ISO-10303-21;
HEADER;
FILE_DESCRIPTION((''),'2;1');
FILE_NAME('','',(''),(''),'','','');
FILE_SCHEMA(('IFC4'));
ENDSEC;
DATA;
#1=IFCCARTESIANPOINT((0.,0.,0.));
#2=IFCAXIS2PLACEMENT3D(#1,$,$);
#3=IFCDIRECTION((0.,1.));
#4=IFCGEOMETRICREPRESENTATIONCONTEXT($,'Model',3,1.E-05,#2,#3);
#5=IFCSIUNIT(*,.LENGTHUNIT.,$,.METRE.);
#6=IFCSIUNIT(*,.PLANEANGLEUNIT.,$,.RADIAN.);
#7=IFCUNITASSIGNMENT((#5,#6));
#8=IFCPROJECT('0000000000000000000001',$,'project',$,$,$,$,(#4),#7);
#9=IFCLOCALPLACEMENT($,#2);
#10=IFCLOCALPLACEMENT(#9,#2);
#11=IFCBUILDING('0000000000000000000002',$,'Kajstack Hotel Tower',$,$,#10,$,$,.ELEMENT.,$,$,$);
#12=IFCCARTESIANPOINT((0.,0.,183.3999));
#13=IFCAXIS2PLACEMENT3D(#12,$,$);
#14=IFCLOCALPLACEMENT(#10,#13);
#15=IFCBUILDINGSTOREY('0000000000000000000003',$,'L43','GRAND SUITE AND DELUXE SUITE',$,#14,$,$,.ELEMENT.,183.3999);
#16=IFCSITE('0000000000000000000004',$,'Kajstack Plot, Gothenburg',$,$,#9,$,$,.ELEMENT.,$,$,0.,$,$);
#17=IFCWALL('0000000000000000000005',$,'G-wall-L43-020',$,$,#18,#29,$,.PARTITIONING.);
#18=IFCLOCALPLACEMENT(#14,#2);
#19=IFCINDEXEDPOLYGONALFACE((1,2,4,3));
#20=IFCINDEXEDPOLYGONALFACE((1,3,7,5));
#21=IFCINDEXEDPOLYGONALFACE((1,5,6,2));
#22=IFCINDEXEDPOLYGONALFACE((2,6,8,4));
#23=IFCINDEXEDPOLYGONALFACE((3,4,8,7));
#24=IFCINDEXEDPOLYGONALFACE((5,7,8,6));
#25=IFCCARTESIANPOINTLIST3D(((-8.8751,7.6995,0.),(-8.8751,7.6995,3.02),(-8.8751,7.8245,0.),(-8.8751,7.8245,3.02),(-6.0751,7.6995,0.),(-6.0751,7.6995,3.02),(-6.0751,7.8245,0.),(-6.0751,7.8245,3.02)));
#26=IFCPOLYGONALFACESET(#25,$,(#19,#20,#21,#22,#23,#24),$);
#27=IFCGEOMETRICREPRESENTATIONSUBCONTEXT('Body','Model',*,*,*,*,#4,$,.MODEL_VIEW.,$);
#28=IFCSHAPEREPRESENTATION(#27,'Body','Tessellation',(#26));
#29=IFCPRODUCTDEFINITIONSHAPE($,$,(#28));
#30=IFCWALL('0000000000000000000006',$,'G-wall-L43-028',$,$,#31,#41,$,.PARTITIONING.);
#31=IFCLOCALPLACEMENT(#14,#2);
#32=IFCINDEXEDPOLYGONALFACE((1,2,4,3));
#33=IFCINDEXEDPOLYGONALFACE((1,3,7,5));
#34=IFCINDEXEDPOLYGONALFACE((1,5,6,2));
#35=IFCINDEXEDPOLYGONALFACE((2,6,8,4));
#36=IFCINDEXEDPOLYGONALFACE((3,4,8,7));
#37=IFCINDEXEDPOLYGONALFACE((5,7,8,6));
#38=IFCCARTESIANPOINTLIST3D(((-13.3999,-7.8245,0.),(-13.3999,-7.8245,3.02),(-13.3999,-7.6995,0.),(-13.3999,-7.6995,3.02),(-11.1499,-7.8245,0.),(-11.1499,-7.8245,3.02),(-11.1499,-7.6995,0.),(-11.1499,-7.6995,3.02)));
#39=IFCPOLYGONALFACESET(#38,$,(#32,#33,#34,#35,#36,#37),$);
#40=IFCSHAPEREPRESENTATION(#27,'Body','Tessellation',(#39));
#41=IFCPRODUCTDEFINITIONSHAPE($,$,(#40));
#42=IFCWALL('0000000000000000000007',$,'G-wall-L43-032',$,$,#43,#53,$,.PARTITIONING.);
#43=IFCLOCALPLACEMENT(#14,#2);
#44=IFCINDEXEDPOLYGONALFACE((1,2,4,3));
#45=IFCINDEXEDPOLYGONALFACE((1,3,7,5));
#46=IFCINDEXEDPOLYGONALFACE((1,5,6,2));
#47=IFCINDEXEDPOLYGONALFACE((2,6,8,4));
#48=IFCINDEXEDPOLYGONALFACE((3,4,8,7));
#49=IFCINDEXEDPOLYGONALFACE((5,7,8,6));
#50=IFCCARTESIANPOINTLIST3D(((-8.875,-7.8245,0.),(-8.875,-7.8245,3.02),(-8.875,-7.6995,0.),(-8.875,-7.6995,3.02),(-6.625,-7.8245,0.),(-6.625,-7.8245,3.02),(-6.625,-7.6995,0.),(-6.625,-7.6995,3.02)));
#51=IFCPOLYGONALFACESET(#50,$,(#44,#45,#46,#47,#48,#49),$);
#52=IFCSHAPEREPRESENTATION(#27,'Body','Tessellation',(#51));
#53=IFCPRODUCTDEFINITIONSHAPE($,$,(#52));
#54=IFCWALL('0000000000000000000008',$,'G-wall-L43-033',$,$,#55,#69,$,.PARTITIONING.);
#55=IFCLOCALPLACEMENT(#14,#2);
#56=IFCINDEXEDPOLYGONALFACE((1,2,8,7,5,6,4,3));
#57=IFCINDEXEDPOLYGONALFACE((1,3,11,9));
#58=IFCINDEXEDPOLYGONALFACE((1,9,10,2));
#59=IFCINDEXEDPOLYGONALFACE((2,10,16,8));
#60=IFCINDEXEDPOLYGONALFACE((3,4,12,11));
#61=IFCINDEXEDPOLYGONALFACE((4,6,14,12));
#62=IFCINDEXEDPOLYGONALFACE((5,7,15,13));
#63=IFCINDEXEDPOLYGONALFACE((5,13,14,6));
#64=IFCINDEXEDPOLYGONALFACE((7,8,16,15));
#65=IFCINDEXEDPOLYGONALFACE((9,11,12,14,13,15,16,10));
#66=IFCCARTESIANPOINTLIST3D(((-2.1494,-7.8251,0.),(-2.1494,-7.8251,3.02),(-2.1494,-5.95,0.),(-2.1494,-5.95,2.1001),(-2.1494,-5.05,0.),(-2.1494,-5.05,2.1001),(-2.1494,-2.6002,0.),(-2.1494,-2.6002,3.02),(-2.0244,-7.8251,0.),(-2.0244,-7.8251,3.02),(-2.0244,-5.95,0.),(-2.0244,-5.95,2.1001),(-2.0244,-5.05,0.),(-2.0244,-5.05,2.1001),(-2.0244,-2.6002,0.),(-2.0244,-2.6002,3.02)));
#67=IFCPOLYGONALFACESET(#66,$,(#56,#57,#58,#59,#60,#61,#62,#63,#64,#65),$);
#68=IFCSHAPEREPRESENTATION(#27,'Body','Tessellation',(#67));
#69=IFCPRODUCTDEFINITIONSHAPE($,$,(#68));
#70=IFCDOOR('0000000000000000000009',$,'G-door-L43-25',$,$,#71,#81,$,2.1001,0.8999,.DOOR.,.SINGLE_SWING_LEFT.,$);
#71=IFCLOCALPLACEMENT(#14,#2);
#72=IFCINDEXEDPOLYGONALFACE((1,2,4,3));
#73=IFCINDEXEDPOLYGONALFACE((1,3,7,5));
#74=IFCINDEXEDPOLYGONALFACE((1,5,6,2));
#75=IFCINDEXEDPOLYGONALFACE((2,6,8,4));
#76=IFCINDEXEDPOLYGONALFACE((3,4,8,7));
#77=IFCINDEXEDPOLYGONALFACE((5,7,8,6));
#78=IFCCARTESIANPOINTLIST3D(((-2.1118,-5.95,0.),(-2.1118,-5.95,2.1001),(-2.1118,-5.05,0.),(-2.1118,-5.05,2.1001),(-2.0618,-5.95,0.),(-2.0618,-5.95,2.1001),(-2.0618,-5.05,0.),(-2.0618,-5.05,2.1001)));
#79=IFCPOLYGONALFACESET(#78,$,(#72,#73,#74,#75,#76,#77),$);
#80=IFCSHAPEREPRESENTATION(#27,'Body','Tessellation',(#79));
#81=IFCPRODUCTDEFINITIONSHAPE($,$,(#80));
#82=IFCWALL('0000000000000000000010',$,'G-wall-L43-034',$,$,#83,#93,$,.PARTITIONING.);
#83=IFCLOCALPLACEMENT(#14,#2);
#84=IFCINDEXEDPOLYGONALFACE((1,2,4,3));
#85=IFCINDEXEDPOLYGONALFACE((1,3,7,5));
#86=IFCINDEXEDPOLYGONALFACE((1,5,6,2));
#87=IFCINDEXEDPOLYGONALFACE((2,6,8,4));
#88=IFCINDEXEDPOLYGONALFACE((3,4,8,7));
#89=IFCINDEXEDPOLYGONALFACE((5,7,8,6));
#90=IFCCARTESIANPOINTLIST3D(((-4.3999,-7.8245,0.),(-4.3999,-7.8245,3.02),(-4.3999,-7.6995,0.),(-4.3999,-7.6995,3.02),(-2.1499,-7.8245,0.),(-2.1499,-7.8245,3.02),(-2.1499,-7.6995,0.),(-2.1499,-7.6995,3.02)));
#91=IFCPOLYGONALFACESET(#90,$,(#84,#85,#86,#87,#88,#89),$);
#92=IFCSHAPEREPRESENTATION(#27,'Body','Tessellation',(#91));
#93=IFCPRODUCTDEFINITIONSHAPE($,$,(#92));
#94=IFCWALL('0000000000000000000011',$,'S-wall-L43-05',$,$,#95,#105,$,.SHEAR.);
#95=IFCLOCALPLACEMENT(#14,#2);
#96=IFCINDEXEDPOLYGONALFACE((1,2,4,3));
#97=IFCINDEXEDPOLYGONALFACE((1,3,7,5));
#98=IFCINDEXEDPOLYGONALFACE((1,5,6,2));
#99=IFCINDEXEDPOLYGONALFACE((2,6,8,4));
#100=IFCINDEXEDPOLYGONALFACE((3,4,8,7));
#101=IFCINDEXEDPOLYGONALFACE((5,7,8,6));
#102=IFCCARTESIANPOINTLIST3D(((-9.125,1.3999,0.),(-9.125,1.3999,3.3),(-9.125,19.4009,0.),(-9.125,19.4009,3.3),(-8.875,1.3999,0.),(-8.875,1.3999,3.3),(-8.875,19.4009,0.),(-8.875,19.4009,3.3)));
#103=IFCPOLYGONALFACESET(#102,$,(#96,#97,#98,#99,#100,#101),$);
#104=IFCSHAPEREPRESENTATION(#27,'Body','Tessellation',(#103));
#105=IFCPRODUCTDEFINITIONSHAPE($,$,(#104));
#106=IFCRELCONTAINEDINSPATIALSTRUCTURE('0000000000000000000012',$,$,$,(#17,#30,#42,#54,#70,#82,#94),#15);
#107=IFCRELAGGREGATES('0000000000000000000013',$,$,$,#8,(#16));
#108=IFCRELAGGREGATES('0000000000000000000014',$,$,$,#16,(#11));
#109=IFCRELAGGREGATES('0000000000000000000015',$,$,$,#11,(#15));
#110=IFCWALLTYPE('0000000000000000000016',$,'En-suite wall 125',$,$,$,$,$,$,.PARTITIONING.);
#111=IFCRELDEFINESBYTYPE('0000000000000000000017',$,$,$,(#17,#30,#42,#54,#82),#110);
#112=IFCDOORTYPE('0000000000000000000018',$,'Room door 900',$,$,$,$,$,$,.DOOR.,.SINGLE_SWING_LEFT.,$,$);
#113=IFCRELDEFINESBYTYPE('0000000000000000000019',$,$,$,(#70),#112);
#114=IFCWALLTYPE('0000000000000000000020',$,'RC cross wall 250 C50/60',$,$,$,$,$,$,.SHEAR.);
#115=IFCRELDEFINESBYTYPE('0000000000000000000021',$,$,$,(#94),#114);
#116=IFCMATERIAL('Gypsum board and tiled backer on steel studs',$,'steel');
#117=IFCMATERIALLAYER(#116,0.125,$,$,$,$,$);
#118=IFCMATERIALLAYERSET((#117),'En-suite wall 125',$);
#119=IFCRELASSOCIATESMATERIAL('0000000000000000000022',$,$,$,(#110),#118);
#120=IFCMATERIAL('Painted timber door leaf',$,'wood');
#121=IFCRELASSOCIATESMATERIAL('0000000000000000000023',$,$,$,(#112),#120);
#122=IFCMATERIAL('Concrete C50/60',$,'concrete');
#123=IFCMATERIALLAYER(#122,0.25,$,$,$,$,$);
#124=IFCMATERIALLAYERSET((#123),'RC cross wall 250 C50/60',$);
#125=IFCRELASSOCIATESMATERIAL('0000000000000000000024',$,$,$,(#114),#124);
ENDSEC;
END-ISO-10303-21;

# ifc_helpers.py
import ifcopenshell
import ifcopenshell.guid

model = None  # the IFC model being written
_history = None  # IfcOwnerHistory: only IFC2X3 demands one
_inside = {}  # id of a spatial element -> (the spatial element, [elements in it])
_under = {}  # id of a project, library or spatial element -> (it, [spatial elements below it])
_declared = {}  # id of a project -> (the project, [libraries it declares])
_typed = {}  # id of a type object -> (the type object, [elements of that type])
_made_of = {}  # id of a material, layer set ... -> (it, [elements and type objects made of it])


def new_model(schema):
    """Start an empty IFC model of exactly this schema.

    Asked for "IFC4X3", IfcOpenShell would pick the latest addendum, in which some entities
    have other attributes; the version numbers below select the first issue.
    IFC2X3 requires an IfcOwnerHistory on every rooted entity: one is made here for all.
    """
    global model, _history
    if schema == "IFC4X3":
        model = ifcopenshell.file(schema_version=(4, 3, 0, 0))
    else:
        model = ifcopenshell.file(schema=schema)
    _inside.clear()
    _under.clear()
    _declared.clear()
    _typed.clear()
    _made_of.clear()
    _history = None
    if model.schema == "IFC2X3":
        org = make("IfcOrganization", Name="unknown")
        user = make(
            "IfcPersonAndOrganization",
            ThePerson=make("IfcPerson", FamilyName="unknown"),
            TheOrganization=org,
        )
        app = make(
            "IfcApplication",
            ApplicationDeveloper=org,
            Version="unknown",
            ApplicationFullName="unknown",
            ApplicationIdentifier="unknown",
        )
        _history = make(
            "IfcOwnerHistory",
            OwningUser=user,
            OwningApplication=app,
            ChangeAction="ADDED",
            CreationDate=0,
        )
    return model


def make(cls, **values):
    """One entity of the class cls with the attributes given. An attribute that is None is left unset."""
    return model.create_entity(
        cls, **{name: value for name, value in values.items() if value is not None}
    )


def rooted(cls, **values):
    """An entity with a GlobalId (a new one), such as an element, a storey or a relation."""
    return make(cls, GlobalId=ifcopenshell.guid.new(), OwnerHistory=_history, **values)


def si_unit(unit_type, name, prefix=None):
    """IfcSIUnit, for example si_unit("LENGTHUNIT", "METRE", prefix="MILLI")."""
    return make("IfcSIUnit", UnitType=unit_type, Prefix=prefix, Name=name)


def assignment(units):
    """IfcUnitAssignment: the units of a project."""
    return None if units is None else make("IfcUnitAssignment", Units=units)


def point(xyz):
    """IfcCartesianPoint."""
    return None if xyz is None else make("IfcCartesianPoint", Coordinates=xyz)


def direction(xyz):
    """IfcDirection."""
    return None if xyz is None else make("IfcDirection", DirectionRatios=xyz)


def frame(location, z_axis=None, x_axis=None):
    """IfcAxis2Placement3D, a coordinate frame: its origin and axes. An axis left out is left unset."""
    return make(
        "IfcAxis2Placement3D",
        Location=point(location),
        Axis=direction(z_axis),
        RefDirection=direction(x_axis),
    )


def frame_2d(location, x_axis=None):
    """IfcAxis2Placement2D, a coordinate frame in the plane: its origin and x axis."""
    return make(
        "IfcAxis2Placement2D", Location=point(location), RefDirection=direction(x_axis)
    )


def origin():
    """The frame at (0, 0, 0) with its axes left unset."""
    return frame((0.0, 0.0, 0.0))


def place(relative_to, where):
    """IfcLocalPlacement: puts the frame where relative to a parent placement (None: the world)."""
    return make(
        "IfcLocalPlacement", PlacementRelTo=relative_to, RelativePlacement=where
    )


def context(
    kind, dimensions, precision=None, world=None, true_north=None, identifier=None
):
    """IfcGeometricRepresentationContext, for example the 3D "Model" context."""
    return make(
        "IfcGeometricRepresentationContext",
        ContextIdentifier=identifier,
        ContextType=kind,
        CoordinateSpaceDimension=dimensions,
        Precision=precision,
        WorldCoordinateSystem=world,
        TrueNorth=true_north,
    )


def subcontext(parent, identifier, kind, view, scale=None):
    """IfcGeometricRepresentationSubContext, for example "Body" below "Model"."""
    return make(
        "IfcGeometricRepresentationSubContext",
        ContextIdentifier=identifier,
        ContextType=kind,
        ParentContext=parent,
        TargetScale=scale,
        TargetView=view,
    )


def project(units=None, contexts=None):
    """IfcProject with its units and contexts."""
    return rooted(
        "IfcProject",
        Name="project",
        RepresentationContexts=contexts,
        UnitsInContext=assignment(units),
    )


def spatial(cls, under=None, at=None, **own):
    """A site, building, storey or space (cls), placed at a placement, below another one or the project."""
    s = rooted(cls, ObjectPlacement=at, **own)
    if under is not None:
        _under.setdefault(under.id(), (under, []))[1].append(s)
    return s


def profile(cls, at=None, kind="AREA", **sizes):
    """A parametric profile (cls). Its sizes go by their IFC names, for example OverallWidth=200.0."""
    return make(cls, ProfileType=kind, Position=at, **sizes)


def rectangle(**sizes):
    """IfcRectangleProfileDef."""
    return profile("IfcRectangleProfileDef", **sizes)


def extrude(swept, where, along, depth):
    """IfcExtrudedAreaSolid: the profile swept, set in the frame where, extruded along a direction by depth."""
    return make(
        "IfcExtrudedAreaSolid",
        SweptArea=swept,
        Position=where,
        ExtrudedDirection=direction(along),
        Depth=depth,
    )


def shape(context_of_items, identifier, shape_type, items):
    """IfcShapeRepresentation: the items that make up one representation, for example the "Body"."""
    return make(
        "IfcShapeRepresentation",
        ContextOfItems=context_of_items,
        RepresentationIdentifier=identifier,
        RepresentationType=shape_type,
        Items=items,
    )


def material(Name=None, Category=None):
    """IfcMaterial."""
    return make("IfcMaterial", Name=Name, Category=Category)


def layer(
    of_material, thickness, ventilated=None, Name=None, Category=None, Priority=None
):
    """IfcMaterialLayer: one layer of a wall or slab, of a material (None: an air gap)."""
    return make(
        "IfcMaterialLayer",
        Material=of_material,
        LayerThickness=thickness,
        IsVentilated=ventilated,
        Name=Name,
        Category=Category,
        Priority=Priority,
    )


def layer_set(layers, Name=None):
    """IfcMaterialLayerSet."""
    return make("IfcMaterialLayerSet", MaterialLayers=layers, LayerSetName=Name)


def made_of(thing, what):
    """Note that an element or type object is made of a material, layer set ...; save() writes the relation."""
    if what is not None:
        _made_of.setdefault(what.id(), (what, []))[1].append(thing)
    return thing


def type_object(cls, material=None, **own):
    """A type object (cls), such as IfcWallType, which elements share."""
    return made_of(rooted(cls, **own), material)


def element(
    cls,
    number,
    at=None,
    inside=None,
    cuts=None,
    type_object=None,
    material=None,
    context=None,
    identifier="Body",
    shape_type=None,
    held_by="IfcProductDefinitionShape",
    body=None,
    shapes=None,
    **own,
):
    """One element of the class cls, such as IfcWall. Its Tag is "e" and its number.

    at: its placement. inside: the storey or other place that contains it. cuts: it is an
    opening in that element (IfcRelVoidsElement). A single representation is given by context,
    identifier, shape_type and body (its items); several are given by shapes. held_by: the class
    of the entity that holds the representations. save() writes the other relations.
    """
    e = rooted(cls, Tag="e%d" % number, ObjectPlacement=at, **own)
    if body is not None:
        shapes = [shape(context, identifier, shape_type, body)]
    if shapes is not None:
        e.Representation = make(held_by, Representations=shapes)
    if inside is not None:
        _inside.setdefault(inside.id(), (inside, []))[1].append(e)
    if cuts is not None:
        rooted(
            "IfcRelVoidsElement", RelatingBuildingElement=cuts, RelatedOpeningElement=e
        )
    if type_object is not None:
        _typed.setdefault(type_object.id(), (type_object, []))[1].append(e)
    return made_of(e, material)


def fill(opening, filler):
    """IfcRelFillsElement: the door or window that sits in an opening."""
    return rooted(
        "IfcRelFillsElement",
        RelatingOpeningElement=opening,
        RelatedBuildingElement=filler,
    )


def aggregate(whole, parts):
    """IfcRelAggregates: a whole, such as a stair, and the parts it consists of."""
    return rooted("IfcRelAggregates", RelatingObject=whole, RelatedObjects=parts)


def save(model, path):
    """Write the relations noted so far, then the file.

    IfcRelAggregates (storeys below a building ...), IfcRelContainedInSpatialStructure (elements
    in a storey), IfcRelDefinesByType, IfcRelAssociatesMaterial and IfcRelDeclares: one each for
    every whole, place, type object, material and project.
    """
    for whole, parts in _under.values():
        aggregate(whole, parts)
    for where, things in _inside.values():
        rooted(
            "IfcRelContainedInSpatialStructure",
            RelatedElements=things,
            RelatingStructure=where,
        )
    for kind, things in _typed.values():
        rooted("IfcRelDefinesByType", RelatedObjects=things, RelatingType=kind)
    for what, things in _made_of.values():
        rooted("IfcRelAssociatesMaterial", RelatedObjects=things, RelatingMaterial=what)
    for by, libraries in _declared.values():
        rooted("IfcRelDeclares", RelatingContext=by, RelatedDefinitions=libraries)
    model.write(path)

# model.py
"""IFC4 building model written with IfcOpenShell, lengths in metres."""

from ifc_helpers import new_model, si_unit, direction, frame, frame_2d, origin, place, context, subcontext, project, spatial, rectangle, extrude, material, layer, layer_set, type_object, element, fill, save


model = new_model("IFC4")

# Units and contexts
model_context = context("Model", 3, precision=1e-05, world=origin(), true_north=direction((0.0, 1.0)))
body_context = subcontext(model_context, "Body", "Model", "MODEL_VIEW")
ifc_project = project(units=[si_unit("LENGTHUNIT", "METRE"), si_unit("PLANEANGLEUNIT", "RADIAN")], contexts=[model_context])

# Site, building, storey
site_placement = place(None, origin())
site = spatial("IfcSite", under=ifc_project, at=site_placement, Name="Kajstack Plot, Gothenburg", CompositionType="ELEMENT", RefElevation=0.0)
building_placement = place(site_placement, origin())
building = spatial("IfcBuilding", under=site, at=building_placement, Name="Kajstack Hotel Tower", CompositionType="ELEMENT")
storey_placement = place(building_placement, frame((0.0, 0.0, 183.3999)))
storey = spatial("IfcBuildingStorey", under=building, at=storey_placement, Name="L43", Description="GRAND SUITE AND DELUXE SUITE", CompositionType="ELEMENT", Elevation=183.3999)

# Shared definitions
ifc_material_1 = material(Name="Gypsum board and tiled backer on steel studs", Category="steel")
ifc_layer_1 = layer(ifc_material_1, 0.125)
ifc_layer_set_1 = layer_set([ifc_layer_1], Name="En-suite wall 125")
wall_type_1 = type_object("IfcWallType", Name="En-suite wall 125", PredefinedType="PARTITIONING", material=ifc_layer_set_1)
ifc_material_2 = material(Name="Painted timber door leaf", Category="wood")
door_type_1 = type_object("IfcDoorType", Name="Room door 900", OperationType="SINGLE_SWING_LEFT", PredefinedType="DOOR", material=ifc_material_2)

# Walls
wall_1_placement = place(storey_placement, frame((-8.875, 7.762, 0.0), z_axis=(0.0, 0.0, 1.0), x_axis=(1.0, 0.0, 0.0)))
element("IfcWall", 1, at=wall_1_placement, inside=storey, type_object=wall_type_1, Name="G-wall-L43-020", PredefinedType="PARTITIONING", context=body_context, shape_type="SweptSolid", body=[
    extrude(rectangle(XDim=2.8, YDim=0.125, at=frame_2d((1.3999, 0.0))), origin(), (0.0, 0.0, 1.0), 3.02),
])
for number, where, z_axis, x_axis, name in (
    (2, (-13.3999, -7.762, 0.0), (0.0, 0.0, 1.0), (1.0, 0.0, 0.0), "G-wall-L43-028"),
    (3, (-8.875, -7.762, 0.0), (0.0, 0.0, 1.0), (1.0, 0.0, 0.0), "G-wall-L43-032"),
):
    element("IfcWall", number, at=place(storey_placement, frame(where, z_axis=z_axis, x_axis=x_axis)), inside=storey, type_object=wall_type_1, Name=name, PredefinedType="PARTITIONING", context=body_context, shape_type="SweptSolid", body=[
        extrude(rectangle(XDim=2.25, YDim=0.125, at=frame_2d((1.125, 0.0))), origin(), (0.0, 0.0, 1.0), 3.02),
    ])

# Wall, opening, door
wall_2_placement = place(storey_placement, frame((-2.0869, -7.825, 0.0), z_axis=(0.0, 0.0, 1.0), x_axis=(0.0, 1.0, 0.0)))
wall_2 = element("IfcWall", 4, at=wall_2_placement, inside=storey, type_object=wall_type_1, Name="G-wall-L43-033", PredefinedType="PARTITIONING", context=body_context, shape_type="SweptSolid", body=[
    extrude(rectangle(XDim=5.2249, YDim=0.125, at=frame_2d((2.6123, 0.0))), origin(), (0.0, 0.0, 1.0), 3.02),
])
opening_1_placement = place(wall_2_placement, frame((1.875, 0.0, 0.0)))
opening_1 = element("IfcOpeningElement", 5, at=opening_1_placement, cuts=wall_2, PredefinedType="OPENING", context=body_context, shape_type="SweptSolid", body=[
    extrude(rectangle(XDim=0.8999, YDim=2.1001, at=frame_2d((0.45, 1.05))), frame((0.0, 0.0725, 0.0), z_axis=(0.0, -1.0, 0.0), x_axis=(1.0, 0.0, 0.0)), (0.0, 0.0, 1.0), 0.145),
])
door_1_placement = place(opening_1_placement, origin())
door_1 = element("IfcDoor", 6, at=door_1_placement, inside=storey, type_object=door_type_1, Name="G-door-L43-25", OperationType="SINGLE_SWING_LEFT", OverallHeight=2.1001, OverallWidth=0.8999, PredefinedType="DOOR", context=body_context, shape_type="SweptSolid", body=[
    extrude(rectangle(XDim=0.8999, YDim=2.1001, at=frame_2d((0.45, 1.05))), frame((0.0, 0.0249, 0.0), z_axis=(0.0, -1.0, 0.0), x_axis=(1.0, 0.0, 0.0)), (0.0, 0.0, 1.0), 0.05),
])
fill(opening_1, door_1)

# Walls
wall_3_placement = place(storey_placement, frame((-4.3999, -7.762, 0.0), z_axis=(0.0, 0.0, 1.0), x_axis=(1.0, 0.0, 0.0)))
element("IfcWall", 7, at=wall_3_placement, inside=storey, type_object=wall_type_1, Name="G-wall-L43-034", PredefinedType="PARTITIONING", context=body_context, shape_type="SweptSolid", body=[
    extrude(rectangle(XDim=2.25, YDim=0.125, at=frame_2d((1.125, 0.0))), origin(), (0.0, 0.0, 1.0), 3.02),
])
ifc_material_3 = material(Name="Concrete C50/60", Category="concrete")
ifc_layer_2 = layer(ifc_material_3, 0.25)
ifc_layer_set_2 = layer_set([ifc_layer_2], Name="RC cross wall 250 C50/60")
wall_type_2 = type_object("IfcWallType", Name="RC cross wall 250 C50/60", PredefinedType="SHEAR", material=ifc_layer_set_2)
wall_4_placement = place(storey_placement, frame((-9.0, 1.3999, 0.0), z_axis=(0.0, 0.0, 1.0), x_axis=(0.0, 1.0, 0.0)))
element("IfcWall", 8, at=wall_4_placement, inside=storey, type_object=wall_type_2, Name="S-wall-L43-05", PredefinedType="SHEAR", context=body_context, shape_type="SweptSolid", body=[
    extrude(rectangle(XDim=18.001, YDim=0.25, at=frame_2d((9.0005, 0.0))), origin(), (0.0, 0.0, 1.0), 3.3),
])

save(model, "model.ifc")
